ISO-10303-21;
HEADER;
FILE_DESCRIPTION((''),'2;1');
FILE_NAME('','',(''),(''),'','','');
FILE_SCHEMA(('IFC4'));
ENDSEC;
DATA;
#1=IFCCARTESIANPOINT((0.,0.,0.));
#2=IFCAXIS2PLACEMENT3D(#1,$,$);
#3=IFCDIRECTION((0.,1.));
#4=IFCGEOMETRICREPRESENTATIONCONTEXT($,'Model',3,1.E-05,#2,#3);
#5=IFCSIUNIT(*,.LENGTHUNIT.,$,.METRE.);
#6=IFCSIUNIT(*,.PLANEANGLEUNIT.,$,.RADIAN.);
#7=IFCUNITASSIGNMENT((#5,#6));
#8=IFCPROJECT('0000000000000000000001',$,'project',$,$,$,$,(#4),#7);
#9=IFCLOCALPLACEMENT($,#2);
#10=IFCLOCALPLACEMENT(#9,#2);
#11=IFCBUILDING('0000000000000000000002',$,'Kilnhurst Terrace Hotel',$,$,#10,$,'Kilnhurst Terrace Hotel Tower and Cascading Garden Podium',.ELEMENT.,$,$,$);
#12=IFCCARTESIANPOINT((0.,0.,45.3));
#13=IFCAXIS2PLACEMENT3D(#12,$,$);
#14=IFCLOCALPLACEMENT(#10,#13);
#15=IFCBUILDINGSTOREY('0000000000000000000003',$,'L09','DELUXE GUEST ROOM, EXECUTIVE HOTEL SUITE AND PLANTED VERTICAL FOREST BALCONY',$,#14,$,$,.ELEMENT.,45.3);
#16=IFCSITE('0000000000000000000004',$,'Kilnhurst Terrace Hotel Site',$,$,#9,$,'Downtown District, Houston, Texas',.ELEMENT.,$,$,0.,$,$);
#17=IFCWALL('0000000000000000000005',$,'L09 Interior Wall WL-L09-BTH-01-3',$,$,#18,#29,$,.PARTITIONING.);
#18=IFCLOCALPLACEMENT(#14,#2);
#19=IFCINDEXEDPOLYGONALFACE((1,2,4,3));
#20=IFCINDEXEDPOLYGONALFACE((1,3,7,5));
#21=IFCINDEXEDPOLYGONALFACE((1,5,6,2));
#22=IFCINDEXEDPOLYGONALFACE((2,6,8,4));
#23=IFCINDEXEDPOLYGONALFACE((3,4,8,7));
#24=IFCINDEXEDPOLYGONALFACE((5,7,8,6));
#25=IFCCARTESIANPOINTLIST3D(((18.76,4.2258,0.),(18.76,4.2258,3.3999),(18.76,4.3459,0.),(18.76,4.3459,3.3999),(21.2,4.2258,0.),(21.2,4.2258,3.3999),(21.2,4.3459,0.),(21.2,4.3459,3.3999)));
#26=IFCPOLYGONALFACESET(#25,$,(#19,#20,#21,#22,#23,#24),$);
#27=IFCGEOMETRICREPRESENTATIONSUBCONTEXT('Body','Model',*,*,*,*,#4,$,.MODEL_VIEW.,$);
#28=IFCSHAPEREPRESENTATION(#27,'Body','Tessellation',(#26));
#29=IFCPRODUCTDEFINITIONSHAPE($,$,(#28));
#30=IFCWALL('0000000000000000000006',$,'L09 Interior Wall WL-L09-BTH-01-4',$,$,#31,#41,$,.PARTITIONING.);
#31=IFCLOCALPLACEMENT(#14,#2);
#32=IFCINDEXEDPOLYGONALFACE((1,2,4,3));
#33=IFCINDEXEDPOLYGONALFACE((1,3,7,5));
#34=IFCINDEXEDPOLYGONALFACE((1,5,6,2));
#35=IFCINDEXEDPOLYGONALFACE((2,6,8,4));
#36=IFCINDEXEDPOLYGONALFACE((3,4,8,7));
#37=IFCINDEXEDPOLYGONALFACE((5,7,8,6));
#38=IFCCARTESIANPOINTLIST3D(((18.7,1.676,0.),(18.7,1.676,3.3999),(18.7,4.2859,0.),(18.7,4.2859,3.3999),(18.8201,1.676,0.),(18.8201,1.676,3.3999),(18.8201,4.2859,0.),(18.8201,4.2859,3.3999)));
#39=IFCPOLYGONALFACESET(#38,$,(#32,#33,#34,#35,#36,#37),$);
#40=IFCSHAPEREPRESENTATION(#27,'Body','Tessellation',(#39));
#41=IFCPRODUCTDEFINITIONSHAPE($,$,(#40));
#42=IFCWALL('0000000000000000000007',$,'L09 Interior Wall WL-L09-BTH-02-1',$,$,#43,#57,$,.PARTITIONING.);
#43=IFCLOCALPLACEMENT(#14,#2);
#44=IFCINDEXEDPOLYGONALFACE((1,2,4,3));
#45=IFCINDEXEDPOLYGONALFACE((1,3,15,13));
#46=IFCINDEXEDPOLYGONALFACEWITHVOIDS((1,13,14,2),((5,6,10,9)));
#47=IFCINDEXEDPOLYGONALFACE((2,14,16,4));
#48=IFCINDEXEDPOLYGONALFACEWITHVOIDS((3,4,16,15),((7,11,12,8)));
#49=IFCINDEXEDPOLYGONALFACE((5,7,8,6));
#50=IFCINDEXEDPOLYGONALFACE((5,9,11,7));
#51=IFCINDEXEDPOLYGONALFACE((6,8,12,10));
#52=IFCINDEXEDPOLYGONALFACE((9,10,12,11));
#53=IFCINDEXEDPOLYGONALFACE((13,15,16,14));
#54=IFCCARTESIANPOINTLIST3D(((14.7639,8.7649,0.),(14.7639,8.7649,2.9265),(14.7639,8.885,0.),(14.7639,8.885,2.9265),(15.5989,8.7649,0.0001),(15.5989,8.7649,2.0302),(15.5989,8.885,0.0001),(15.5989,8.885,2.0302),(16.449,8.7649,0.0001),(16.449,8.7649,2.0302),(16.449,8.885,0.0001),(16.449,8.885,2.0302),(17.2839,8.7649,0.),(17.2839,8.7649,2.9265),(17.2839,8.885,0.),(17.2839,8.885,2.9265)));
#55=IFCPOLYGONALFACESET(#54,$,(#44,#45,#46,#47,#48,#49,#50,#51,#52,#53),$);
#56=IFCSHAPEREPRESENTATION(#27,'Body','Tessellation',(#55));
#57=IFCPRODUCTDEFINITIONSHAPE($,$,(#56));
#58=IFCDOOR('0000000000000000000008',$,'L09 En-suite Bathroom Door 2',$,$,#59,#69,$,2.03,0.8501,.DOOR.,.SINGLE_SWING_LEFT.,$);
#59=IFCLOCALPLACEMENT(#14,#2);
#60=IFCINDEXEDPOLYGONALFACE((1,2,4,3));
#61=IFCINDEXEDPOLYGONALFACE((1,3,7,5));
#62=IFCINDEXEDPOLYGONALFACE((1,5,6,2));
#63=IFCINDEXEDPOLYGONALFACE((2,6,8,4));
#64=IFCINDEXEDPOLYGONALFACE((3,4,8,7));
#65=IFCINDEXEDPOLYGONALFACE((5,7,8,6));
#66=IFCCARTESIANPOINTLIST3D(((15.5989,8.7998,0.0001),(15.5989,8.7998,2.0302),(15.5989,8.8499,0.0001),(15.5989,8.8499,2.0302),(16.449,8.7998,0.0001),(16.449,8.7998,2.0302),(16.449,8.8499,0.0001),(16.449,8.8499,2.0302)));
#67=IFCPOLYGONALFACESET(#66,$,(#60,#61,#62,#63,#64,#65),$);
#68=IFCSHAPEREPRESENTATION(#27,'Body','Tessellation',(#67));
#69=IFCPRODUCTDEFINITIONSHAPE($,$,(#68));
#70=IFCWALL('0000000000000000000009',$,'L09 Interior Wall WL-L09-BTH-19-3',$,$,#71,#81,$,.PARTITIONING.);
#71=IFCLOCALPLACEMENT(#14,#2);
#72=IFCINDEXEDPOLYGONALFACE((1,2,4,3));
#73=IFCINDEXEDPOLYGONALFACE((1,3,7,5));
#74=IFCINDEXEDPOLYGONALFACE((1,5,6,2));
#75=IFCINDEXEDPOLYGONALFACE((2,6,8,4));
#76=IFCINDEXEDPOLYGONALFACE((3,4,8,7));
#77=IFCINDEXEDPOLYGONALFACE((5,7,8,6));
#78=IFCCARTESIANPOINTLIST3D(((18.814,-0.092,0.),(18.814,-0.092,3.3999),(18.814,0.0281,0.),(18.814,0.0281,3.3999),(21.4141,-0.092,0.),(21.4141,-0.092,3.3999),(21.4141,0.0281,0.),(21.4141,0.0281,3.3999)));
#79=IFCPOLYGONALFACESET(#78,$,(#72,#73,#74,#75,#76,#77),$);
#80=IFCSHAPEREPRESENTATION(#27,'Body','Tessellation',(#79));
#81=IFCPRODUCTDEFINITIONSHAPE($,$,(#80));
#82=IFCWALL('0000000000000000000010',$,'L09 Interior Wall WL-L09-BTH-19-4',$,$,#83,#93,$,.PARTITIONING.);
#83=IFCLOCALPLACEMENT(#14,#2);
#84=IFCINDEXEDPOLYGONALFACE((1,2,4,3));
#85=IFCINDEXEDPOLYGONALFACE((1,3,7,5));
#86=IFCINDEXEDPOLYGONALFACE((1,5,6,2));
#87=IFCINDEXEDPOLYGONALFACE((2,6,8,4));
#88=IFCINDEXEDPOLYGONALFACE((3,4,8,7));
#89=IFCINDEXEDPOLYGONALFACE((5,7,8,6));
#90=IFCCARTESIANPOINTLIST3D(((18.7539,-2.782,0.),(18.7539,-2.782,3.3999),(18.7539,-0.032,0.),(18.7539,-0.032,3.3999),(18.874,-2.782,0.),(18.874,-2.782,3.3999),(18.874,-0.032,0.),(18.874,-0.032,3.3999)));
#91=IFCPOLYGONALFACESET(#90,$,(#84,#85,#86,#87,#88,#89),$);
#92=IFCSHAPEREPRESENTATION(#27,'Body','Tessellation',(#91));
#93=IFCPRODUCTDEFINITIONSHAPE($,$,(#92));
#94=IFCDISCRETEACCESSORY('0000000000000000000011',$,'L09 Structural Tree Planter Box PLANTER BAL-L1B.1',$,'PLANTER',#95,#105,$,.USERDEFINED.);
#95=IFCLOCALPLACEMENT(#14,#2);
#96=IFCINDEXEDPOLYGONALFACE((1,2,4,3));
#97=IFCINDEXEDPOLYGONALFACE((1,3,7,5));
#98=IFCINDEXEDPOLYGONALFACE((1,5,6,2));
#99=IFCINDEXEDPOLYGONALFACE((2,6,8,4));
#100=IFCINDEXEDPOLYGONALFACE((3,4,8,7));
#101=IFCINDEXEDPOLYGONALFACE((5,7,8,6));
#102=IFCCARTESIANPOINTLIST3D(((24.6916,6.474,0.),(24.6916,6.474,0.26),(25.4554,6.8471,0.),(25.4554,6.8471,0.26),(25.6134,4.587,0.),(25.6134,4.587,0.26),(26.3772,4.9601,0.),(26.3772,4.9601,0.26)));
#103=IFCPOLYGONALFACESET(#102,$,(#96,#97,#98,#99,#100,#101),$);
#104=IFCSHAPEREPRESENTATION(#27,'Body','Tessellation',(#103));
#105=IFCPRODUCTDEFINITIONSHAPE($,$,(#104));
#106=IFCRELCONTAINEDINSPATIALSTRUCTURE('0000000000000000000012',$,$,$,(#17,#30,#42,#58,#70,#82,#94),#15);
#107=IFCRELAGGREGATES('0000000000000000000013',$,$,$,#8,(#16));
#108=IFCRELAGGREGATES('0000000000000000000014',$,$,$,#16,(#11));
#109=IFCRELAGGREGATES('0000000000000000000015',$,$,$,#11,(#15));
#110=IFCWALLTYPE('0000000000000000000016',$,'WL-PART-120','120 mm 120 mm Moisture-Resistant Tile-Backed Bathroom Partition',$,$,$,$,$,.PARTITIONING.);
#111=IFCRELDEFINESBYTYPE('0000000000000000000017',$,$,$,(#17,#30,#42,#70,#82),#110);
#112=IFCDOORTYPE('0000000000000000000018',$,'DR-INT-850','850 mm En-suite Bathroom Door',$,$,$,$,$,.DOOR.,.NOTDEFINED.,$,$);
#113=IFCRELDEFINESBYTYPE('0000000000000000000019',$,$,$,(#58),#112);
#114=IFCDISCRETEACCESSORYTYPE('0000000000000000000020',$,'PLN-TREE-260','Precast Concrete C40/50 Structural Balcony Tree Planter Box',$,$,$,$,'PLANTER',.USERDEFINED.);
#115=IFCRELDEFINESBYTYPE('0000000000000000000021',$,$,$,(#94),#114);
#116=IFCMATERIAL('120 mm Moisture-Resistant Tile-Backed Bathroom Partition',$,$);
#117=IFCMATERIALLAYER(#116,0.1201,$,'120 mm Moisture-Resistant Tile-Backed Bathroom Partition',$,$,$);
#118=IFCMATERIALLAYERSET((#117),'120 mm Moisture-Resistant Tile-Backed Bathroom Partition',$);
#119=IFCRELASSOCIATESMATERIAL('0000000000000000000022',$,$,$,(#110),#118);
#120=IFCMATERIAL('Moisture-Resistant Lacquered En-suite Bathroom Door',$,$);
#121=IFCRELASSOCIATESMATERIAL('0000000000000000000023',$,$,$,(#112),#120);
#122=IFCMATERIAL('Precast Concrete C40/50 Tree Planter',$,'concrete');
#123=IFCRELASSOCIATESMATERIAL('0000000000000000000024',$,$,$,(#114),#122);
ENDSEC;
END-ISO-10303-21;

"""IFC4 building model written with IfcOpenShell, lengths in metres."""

from ifc_helpers import new_model, si_unit, direction, frame, frame_2d, origin, origin_2d, place, context, subcontext, project, spatial, rectangle, extrude, material, layer, layer_set, type_object, element, fill, save


model = new_model("IFC4")

# Units and contexts
model_context = context("Model", 3, precision=1e-05, world=origin(), true_north=direction((0.0, 1.0)))
body_context = subcontext(model_context, "Body", "Model", "MODEL_VIEW")
ifc_project = project(units=[si_unit("LENGTHUNIT", "METRE"), si_unit("PLANEANGLEUNIT", "RADIAN")], contexts=[model_context])

# Site, building, storey
site_placement = place(None, origin())
site = spatial("IfcSite", under=ifc_project, at=site_placement, Name="Kilnhurst Terrace Hotel Site", LongName="Downtown District, Houston, Texas", CompositionType="ELEMENT", RefElevation=0.0)
building_placement = place(site_placement, origin())
building = spatial("IfcBuilding", under=site, at=building_placement, Name="Kilnhurst Terrace Hotel", LongName="Kilnhurst Terrace Hotel Tower and Cascading Garden Podium", CompositionType="ELEMENT")
storey_placement = place(building_placement, frame((0.0, 0.0, 45.3)))
storey = spatial("IfcBuildingStorey", under=building, at=storey_placement, Name="L09", Description="DELUXE GUEST ROOM, EXECUTIVE HOTEL SUITE AND PLANTED VERTICAL FOREST BALCONY", CompositionType="ELEMENT", Elevation=45.3)

# Shared definitions
ifc_material_1 = material(Name="120 mm Moisture-Resistant Tile-Backed Bathroom Partition")
ifc_layer_1 = layer(ifc_material_1, 0.1201, Name="120 mm Moisture-Resistant Tile-Backed Bathroom Partition")
ifc_layer_set_1 = layer_set([ifc_layer_1], Name="120 mm Moisture-Resistant Tile-Backed Bathroom Partition")
wall_type_1 = type_object("IfcWallType", Name="WL-PART-120", Description="120 mm 120 mm Moisture-Resistant Tile-Backed Bathroom Partition", PredefinedType="PARTITIONING", material=ifc_layer_set_1)
ifc_material_2 = material(Name="Moisture-Resistant Lacquered En-suite Bathroom Door")
door_type_1 = type_object("IfcDoorType", Name="DR-INT-850", Description="850 mm En-suite Bathroom Door", OperationType="NOTDEFINED", PredefinedType="DOOR", material=ifc_material_2)

# Walls
wall_1_placement = place(storey_placement, frame((21.2, 4.2859, 0.0), z_axis=(0.0, 0.0, 1.0), x_axis=(-1.0, 0.0, 0.0)))
element("IfcWall", 1, at=wall_1_placement, inside=storey, type_object=wall_type_1, Name="L09 Interior Wall WL-L09-BTH-01-3", PredefinedType="PARTITIONING", context=body_context, shape_type="SweptSolid", body=[
    extrude(rectangle(XDim=2.4399, YDim=0.1201, at=frame_2d((1.22, 0.0))), origin(), (0.0, 0.0, 1.0), 3.3999),
])
wall_2_placement = place(storey_placement, frame((18.76, 4.2859, 0.0), z_axis=(0.0, 0.0, 1.0), x_axis=(0.0, -1.0, 0.0)))
element("IfcWall", 2, at=wall_2_placement, inside=storey, type_object=wall_type_1, Name="L09 Interior Wall WL-L09-BTH-01-4", PredefinedType="PARTITIONING", context=body_context, shape_type="SweptSolid", body=[
    extrude(rectangle(XDim=2.6099, YDim=0.1201, at=frame_2d((1.3049, 0.0))), origin(), (0.0, 0.0, 1.0), 3.3999),
])

# Wall, opening, door
wall_3_placement = place(storey_placement, frame((14.7639, 8.825, 0.0), z_axis=(0.0, 0.0, 1.0), x_axis=(1.0, 0.0, 0.0)))
wall_3 = element("IfcWall", 3, at=wall_3_placement, inside=storey, type_object=wall_type_1, Name="L09 Interior Wall WL-L09-BTH-02-1", PredefinedType="PARTITIONING", context=body_context, shape_type="SweptSolid", body=[
    extrude(rectangle(XDim=2.52, YDim=0.1201, at=frame_2d((1.26, 0.0))), origin(), (0.0, 0.0, 1.0), 2.9265),
])
opening_1_placement = place(wall_3_placement, frame((0.835, 0.0, 0.0)))
opening_1 = element("IfcOpeningElement", 4, at=opening_1_placement, cuts=wall_3, PredefinedType="OPENING", context=body_context, shape_type="SweptSolid", body=[
    extrude(rectangle(XDim=0.8501, YDim=2.03, at=frame_2d((0.425, 1.0151))), frame((0.0, 0.0701, 0.0), z_axis=(0.0, -1.0, 0.0), x_axis=(1.0, 0.0, 0.0)), (0.0, 0.0, 1.0), 0.1401),
])
door_1_placement = place(opening_1_placement, origin())
door_1 = element("IfcDoor", 5, at=door_1_placement, inside=storey, type_object=door_type_1, Name="L09 En-suite Bathroom Door 2", OperationType="SINGLE_SWING_LEFT", OverallHeight=2.03, OverallWidth=0.8501, PredefinedType="DOOR", context=body_context, shape_type="SweptSolid", body=[
    extrude(rectangle(XDim=0.8501, YDim=2.03, at=frame_2d((0.425, 1.0151))), frame((0.0, 0.0249, 0.0), z_axis=(0.0, -1.0, 0.0), x_axis=(1.0, 0.0, 0.0)), (0.0, 0.0, 1.0), 0.05),
])
fill(opening_1, door_1)

# Walls
wall_4_placement = place(storey_placement, frame((21.4141, -0.032, 0.0), z_axis=(0.0, 0.0, 1.0), x_axis=(-1.0, 0.0, 0.0)))
element("IfcWall", 6, at=wall_4_placement, inside=storey, type_object=wall_type_1, Name="L09 Interior Wall WL-L09-BTH-19-3", PredefinedType="PARTITIONING", context=body_context, shape_type="SweptSolid", body=[
    extrude(rectangle(XDim=2.6001, YDim=0.1201, at=frame_2d((1.3, 0.0))), origin(), (0.0, 0.0, 1.0), 3.3999),
])
wall_5_placement = place(storey_placement, frame((18.814, -0.032, 0.0), z_axis=(0.0, 0.0, 1.0), x_axis=(0.0, -1.0, 0.0)))
element("IfcWall", 7, at=wall_5_placement, inside=storey, type_object=wall_type_1, Name="L09 Interior Wall WL-L09-BTH-19-4", PredefinedType="PARTITIONING", context=body_context, shape_type="SweptSolid", body=[
    extrude(rectangle(XDim=2.75, YDim=0.1201, at=frame_2d((1.375, 0.0))), origin(), (0.0, 0.0, 1.0), 3.3999),
])

# Discrete accessory
ifc_material_3 = material(Name="Precast Concrete C40/50 Tree Planter", Category="concrete")
discrete_accessory_type = type_object("IfcDiscreteAccessoryType", Name="PLN-TREE-260", Description="Precast Concrete C40/50 Structural Balcony Tree Planter Box", ElementType="PLANTER", PredefinedType="USERDEFINED", material=ifc_material_3)
discrete_accessory_placement = place(storey_placement, frame((25.5344, 5.717, 0.0), z_axis=(0.0, 0.0, 1.0), x_axis=(-0.438936, 0.898518, 0.0)))
element("IfcDiscreteAccessory", 8, at=discrete_accessory_placement, inside=storey, type_object=discrete_accessory_type, Name="L09 Structural Tree Planter Box PLANTER BAL-L1B.1", ObjectType="PLANTER", PredefinedType="USERDEFINED", context=body_context, shape_type="SweptSolid", body=[
    extrude(rectangle(XDim=2.1001, YDim=0.8501, at=origin_2d()), origin(), (0.0, 0.0, 1.0), 0.26),
])

save(model, "model.ifc")
